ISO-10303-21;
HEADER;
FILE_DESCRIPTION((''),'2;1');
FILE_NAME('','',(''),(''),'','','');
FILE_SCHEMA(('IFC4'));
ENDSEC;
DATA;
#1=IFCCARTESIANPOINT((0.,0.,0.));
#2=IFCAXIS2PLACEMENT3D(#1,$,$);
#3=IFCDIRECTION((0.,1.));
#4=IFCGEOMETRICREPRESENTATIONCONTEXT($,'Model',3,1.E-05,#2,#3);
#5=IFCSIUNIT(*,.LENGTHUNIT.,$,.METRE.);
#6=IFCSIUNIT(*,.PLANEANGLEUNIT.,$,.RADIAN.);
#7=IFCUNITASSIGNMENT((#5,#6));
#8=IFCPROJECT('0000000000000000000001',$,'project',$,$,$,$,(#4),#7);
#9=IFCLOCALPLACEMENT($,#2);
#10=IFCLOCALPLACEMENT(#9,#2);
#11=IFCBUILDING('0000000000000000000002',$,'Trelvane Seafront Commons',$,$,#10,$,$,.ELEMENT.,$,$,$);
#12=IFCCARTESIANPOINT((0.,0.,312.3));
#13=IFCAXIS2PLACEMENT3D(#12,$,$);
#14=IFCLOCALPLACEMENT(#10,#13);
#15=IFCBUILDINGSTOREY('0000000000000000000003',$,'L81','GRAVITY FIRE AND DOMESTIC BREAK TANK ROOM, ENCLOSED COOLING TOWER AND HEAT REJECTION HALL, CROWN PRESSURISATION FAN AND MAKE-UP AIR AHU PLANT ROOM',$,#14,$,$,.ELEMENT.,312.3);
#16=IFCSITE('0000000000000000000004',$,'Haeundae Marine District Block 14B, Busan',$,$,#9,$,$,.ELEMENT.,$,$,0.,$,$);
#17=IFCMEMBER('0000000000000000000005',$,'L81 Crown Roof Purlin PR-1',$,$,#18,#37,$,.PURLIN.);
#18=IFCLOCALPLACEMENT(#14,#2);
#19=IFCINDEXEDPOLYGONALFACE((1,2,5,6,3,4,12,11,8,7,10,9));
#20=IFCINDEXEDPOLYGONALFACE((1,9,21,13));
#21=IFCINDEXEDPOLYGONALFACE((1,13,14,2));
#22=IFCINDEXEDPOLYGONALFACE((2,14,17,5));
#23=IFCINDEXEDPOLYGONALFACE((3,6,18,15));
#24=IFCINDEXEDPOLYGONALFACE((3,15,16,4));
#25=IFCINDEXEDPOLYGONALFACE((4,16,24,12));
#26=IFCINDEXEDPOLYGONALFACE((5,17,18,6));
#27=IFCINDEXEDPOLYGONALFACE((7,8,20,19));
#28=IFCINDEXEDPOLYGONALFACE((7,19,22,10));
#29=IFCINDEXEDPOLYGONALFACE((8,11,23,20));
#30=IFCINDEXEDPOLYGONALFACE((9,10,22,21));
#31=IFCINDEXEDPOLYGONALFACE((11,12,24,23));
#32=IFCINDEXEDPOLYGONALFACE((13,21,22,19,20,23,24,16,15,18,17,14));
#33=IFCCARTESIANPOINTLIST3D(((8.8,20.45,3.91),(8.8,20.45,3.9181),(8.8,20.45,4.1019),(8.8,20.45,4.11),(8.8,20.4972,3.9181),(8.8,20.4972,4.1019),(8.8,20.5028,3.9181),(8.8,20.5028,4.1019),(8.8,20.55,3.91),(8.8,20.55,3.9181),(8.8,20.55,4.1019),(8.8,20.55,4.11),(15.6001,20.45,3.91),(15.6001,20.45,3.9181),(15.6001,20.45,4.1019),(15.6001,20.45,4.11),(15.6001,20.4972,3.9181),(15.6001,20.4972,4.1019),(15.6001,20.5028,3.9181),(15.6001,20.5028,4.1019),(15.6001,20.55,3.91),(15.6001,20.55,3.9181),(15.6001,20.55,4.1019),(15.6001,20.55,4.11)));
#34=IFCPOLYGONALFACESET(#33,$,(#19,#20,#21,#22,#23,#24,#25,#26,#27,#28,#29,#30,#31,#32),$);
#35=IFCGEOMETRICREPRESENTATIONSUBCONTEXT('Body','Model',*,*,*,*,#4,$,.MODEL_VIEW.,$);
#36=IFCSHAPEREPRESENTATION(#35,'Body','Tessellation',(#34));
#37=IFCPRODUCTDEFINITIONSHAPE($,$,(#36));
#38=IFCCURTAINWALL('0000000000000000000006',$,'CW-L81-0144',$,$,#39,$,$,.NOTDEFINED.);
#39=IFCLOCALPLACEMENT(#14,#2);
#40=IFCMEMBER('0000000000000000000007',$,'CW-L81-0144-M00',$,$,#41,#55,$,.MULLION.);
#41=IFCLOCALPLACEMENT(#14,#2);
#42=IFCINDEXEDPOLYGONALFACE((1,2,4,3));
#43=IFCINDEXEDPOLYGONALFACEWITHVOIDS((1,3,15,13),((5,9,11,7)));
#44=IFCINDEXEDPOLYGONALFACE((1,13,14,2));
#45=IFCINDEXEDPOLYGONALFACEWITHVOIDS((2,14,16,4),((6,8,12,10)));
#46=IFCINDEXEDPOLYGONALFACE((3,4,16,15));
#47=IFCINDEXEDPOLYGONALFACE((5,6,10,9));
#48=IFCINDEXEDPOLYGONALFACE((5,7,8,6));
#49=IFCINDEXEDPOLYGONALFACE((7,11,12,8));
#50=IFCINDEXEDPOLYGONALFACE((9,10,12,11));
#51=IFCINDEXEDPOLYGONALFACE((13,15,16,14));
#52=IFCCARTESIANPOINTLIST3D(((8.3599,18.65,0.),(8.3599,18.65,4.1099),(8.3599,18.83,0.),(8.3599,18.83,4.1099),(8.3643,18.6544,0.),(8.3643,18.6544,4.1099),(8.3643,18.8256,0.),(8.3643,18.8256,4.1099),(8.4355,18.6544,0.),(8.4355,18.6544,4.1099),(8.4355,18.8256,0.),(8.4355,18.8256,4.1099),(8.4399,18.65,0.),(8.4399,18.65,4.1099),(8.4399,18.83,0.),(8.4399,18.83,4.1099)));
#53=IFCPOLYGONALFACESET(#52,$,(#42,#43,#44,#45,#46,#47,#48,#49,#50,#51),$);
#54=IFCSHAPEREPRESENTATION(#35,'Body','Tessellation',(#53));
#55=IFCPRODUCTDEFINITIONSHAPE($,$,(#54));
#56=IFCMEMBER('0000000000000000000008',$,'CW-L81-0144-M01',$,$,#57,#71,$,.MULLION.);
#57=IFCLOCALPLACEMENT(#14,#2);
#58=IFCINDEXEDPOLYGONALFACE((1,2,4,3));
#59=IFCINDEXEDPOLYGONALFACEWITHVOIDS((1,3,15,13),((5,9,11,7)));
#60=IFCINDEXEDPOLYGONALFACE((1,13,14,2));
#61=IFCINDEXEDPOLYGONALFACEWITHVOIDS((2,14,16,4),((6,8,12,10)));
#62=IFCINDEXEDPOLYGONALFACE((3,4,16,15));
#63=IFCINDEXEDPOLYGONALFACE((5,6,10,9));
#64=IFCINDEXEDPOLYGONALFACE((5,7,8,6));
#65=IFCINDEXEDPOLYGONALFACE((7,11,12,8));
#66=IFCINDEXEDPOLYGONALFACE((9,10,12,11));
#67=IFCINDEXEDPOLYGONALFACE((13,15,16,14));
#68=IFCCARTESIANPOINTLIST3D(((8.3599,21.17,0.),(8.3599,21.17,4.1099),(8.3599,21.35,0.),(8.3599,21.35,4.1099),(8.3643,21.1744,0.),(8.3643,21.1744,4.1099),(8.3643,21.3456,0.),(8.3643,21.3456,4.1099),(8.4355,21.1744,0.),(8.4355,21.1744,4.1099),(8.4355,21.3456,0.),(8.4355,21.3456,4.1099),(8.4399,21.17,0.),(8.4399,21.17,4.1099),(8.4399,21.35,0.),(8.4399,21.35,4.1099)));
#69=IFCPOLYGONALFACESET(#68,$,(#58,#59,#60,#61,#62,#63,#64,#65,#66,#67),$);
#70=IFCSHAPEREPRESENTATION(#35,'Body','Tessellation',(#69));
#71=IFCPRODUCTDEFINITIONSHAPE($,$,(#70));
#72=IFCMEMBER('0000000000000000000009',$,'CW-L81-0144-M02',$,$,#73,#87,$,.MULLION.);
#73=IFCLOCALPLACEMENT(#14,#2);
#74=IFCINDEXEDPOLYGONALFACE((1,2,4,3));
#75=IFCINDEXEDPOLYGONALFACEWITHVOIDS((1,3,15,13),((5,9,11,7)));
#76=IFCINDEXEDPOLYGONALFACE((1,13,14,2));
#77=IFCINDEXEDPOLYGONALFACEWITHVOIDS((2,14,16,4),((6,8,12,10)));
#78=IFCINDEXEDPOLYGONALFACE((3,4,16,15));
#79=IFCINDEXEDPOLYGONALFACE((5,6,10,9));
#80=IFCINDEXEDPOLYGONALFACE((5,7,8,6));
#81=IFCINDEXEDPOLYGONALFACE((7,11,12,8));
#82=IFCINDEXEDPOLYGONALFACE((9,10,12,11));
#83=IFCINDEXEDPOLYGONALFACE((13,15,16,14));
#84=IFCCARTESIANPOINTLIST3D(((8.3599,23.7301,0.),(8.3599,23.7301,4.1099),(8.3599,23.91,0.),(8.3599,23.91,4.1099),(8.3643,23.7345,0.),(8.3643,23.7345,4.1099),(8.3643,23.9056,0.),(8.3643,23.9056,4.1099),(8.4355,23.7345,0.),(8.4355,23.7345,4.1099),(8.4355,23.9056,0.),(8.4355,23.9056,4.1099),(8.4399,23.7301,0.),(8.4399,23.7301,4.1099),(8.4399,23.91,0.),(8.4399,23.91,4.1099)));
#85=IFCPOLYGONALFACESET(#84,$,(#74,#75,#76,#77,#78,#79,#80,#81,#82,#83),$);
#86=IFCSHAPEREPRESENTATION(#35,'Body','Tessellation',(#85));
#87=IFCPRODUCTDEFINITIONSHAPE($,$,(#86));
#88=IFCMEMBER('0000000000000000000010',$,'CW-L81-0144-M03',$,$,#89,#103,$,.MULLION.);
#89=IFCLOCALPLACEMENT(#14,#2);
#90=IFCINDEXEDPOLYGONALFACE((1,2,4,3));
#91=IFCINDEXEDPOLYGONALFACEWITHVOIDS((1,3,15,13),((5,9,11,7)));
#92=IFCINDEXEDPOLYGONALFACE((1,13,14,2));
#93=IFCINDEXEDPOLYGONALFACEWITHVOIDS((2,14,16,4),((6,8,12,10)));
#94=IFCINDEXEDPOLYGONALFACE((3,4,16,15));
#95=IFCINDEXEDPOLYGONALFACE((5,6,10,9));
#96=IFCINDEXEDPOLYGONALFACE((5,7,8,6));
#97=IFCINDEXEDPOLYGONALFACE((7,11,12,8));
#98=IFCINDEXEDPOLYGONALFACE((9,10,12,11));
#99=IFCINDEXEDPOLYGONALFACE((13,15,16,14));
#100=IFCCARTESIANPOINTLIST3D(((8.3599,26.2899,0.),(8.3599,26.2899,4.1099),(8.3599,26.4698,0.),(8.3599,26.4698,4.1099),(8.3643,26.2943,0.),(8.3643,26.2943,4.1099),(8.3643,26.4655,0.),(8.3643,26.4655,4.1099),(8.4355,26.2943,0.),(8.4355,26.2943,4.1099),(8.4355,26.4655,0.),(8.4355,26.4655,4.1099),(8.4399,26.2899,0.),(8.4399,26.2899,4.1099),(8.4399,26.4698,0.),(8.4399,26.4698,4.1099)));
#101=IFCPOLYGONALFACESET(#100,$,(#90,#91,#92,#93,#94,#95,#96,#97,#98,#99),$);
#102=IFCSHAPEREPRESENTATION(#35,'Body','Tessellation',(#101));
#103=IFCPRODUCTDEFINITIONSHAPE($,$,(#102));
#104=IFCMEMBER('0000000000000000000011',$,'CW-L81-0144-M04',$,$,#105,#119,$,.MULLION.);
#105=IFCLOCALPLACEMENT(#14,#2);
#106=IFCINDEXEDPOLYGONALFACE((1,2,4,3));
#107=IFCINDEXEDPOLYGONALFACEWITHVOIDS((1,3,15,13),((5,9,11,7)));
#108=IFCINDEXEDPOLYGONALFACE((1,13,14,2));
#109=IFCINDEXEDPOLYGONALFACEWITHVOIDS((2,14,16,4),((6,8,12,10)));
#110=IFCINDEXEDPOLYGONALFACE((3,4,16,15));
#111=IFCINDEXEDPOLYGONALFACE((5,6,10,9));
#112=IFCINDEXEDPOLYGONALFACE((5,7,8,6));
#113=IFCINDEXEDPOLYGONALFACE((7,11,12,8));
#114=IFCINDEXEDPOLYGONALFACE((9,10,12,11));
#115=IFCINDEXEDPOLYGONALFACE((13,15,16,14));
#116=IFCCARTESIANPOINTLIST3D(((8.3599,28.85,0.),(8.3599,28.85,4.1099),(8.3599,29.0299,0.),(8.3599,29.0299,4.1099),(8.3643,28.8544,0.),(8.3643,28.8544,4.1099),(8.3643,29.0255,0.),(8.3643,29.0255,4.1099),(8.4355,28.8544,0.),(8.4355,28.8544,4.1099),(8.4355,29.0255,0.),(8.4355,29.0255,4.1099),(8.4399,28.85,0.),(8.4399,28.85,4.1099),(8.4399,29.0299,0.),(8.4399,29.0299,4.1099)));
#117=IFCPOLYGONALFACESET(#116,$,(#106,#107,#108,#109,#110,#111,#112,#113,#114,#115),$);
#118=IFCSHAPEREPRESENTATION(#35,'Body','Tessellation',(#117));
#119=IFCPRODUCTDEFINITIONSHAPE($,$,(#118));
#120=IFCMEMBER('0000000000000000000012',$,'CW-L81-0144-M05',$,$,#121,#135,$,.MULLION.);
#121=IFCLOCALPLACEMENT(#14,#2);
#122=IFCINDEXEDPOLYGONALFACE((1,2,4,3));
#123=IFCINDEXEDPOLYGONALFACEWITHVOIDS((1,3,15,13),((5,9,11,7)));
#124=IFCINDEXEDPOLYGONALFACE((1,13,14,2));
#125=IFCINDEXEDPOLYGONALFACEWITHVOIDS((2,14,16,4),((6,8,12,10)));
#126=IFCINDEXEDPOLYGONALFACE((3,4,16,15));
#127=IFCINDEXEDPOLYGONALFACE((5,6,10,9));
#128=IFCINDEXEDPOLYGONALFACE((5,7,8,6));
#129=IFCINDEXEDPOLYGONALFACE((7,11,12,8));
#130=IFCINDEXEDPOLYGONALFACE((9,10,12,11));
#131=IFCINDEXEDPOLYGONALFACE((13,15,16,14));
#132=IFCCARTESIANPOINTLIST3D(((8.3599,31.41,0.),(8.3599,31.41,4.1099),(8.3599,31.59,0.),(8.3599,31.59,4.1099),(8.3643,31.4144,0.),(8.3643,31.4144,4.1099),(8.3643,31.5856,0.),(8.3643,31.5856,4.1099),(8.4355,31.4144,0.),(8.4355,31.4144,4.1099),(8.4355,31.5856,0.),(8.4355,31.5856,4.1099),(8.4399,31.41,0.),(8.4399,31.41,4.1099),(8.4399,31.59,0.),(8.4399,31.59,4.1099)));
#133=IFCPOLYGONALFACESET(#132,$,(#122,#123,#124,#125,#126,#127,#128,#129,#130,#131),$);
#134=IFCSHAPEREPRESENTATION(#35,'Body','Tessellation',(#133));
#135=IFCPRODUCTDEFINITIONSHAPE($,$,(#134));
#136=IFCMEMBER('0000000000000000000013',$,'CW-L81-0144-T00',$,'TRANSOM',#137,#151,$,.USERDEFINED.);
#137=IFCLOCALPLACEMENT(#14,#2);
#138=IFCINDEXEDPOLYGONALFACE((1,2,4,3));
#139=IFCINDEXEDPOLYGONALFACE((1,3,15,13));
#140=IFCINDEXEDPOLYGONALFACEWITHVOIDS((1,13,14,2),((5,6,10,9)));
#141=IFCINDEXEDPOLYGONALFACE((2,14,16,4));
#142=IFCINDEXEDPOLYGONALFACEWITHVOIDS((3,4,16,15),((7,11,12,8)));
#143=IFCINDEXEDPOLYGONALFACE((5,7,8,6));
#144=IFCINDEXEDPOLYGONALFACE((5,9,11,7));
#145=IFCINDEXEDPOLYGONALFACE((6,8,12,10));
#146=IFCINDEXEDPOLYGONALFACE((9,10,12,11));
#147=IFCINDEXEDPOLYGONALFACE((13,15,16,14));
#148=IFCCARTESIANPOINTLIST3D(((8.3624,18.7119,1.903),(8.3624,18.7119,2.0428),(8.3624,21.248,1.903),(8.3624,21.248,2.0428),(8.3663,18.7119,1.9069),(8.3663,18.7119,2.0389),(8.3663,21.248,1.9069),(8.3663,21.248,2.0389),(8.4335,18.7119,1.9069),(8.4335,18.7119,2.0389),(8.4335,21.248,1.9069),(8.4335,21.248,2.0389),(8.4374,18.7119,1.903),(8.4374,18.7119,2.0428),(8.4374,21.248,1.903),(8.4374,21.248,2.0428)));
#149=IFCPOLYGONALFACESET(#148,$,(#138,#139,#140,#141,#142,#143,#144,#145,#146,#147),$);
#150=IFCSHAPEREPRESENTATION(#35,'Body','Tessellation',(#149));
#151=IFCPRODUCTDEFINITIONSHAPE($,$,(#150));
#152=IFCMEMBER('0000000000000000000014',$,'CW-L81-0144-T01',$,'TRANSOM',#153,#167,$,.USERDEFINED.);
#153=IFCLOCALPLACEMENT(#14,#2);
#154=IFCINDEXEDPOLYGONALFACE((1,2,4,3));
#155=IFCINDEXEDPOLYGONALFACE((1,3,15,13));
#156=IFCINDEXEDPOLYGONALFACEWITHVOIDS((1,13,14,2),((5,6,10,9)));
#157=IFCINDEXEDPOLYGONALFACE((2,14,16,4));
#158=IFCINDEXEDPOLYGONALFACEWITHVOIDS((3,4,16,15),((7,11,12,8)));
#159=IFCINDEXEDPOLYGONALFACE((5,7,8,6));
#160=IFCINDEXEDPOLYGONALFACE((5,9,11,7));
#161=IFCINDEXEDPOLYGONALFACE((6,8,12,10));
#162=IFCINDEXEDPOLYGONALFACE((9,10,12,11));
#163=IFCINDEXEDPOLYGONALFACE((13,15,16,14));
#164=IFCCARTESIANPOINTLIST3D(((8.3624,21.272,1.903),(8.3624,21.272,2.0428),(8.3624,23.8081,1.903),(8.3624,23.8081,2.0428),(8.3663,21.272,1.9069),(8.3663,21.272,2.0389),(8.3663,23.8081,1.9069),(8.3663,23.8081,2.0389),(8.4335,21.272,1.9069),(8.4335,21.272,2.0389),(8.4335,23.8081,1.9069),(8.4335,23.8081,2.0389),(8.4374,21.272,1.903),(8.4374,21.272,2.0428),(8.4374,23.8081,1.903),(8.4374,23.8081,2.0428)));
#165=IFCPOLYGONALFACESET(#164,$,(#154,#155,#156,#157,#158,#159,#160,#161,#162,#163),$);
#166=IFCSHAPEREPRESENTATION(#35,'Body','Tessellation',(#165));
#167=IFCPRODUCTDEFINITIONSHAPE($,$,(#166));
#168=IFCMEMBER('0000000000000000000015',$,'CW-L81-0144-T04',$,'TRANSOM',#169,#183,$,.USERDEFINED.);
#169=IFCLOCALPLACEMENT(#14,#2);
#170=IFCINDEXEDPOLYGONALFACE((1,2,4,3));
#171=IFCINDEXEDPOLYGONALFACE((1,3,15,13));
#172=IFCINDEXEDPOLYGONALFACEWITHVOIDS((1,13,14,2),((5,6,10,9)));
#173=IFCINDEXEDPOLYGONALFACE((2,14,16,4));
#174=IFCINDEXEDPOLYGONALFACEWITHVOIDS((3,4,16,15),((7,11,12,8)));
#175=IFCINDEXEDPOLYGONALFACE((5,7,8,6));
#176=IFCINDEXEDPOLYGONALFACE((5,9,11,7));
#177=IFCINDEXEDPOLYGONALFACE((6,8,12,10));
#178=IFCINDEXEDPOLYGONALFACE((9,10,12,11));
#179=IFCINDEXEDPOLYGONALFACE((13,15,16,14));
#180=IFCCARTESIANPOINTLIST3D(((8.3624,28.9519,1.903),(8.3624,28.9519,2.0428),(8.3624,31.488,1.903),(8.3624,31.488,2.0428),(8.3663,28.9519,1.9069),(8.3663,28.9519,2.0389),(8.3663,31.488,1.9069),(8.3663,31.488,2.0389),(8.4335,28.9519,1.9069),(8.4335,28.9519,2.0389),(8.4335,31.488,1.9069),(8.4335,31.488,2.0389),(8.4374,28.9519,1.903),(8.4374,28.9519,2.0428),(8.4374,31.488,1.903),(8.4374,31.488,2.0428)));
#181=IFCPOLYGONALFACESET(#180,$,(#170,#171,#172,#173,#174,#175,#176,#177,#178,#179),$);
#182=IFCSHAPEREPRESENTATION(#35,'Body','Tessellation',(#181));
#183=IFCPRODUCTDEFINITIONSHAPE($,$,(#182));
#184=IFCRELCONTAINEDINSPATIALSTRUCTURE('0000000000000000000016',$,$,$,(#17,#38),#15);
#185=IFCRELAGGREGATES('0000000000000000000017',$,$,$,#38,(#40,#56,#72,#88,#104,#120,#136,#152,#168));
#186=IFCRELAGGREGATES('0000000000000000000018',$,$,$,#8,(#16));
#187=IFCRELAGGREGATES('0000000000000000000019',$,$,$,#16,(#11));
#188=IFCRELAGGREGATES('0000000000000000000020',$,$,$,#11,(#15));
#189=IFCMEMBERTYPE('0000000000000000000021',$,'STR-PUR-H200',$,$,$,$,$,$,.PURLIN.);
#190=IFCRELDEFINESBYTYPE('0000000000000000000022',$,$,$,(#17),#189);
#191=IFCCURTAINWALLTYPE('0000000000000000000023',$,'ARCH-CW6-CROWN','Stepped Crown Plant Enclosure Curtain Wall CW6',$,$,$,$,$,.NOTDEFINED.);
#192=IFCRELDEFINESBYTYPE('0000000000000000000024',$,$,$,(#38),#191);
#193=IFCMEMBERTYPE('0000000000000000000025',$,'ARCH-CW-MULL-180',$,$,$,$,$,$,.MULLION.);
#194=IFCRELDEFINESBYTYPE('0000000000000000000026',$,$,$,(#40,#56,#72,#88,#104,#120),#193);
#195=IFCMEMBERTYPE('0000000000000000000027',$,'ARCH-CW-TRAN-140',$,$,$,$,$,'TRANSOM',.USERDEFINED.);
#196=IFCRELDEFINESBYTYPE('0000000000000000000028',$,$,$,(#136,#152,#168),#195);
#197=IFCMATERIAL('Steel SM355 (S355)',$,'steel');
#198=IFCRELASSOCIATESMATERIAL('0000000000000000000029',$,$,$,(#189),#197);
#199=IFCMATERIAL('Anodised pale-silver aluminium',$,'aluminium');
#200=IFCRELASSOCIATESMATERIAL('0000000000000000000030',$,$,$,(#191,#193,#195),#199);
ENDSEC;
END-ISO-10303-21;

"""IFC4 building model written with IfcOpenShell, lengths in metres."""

from ifc_helpers import new_model, si_unit, direction, frame, origin, origin_2d, place, context, subcontext, project, spatial, hollow_rectangle, i_section, extrude, source, transform, mapped, material, material_profile, profile_set, type_object, element, aggregate, save


model = new_model("IFC4")

# Units and contexts
model_context = context("Model", 3, precision=1e-05, world=origin(), true_north=direction((0.0, 1.0)))
body_context = subcontext(model_context, "Body", "Model", "MODEL_VIEW")
ifc_project = project(units=[si_unit("LENGTHUNIT", "METRE"), si_unit("PLANEANGLEUNIT", "RADIAN")], contexts=[model_context])

# Site, building, storey
site_placement = place(None, origin())
site = spatial("IfcSite", under=ifc_project, at=site_placement, Name="Haeundae Marine District Block 14B, Busan", CompositionType="ELEMENT", RefElevation=0.0)
building_placement = place(site_placement, origin())
building = spatial("IfcBuilding", under=site, at=building_placement, Name="Trelvane Seafront Commons", CompositionType="ELEMENT")
storey_placement = place(building_placement, frame((0.0, 0.0, 312.3)))
storey = spatial("IfcBuildingStorey", under=building, at=storey_placement, Name="L81", Description="GRAVITY FIRE AND DOMESTIC BREAK TANK ROOM, ENCLOSED COOLING TOWER AND HEAT REJECTION HALL, CROWN PRESSURISATION FAN AND MAKE-UP AIR AHU PLANT ROOM", CompositionType="ELEMENT", Elevation=312.3)

# Member
ifc_material_1 = material(Name="Steel SM355 (S355)", Category="steel")
ifc_material_profile_1 = material_profile(ifc_material_1, i_section(OverallWidth=0.1001, OverallDepth=0.2, WebThickness=0.0056, FlangeThickness=0.0081, at=origin_2d()), Name="H-200x100x5.5x8")
ifc_profile_set_1 = profile_set([ifc_material_profile_1], Name="Steel SM355 (S355)")
member_type_1 = type_object("IfcMemberType", Name="STR-PUR-H200", PredefinedType="PURLIN", material=ifc_profile_set_1)
shared_shape_1 = source(origin(), body_context, "Body", "SweptSolid", [
    extrude(i_section(OverallWidth=0.1001, OverallDepth=0.2, WebThickness=0.0056, FlangeThickness=0.0081, at=origin_2d()), origin(), (0.0, 0.0, 1.0), 6.8),
])
member_1_placement = place(storey_placement, frame((8.8, 20.5, 4.01), z_axis=(1.0, 0.0, 0.0), x_axis=(0.0, 1.0, 0.0)))
element("IfcMember", 1, at=member_1_placement, inside=storey, type_object=member_type_1, Name="L81 Crown Roof Purlin PR-1", PredefinedType="PURLIN", context=body_context, shape_type="MappedRepresentation", body=[
    mapped(shared_shape_1, transform((0.0, 0.0, 0.0), x_axis=(1.0, 0.0, 0.0), y_axis=(0.0, 1.0, 0.0), z_axis=(0.0, 0.0, 1.0), scale=1.0)),
])

# Curtain wall, members
ifc_material_2 = material(Name="Anodised pale-silver aluminium", Category="aluminium")
curtain_wall_type = type_object("IfcCurtainWallType", Name="ARCH-CW6-CROWN", Description="Stepped Crown Plant Enclosure Curtain Wall CW6", PredefinedType="NOTDEFINED", material=ifc_material_2)
curtain_wall_placement = place(storey_placement, origin())
curtain_wall = element("IfcCurtainWall", 2, at=curtain_wall_placement, inside=storey, type_object=curtain_wall_type, Name="CW-L81-0144", PredefinedType="NOTDEFINED")
ifc_material_profile_2 = material_profile(ifc_material_2, hollow_rectangle(XDim=0.0801, YDim=0.1799, WallThickness=0.0044, at=origin_2d()), Name="MULL-80x180x4.5")
ifc_profile_set_2 = profile_set([ifc_material_profile_2], Name="Anodised pale-silver aluminium")
member_type_2 = type_object("IfcMemberType", Name="ARCH-CW-MULL-180", PredefinedType="MULLION", material=ifc_profile_set_2)
shared_shape_2 = source(origin(), body_context, "Body", "SweptSolid", [
    extrude(hollow_rectangle(XDim=0.0801, YDim=0.1799, WallThickness=0.0044, at=origin_2d()), origin(), (0.0, 0.0, 1.0), 4.1099),
])
member_2_placement = place(storey_placement, frame((8.3999, 18.74, 0.0), z_axis=(0.0, 0.0, 1.0), x_axis=(1.0, 0.0, 0.0)))
member_2 = element("IfcMember", 3, at=member_2_placement, type_object=member_type_2, Name="CW-L81-0144-M00", PredefinedType="MULLION", context=body_context, shape_type="MappedRepresentation", body=[
    mapped(shared_shape_2, transform((0.0, 0.0, 0.0), x_axis=(1.0, 0.0, 0.0), y_axis=(0.0, 1.0, 0.0), z_axis=(0.0, 0.0, 1.0), scale=1.0)),
])
member_3_placement = place(storey_placement, frame((8.3999, 21.26, 0.0), z_axis=(0.0, 0.0, 1.0), x_axis=(1.0, 0.0, 0.0)))
member_3 = element("IfcMember", 4, at=member_3_placement, type_object=member_type_2, Name="CW-L81-0144-M01", PredefinedType="MULLION", context=body_context, shape_type="MappedRepresentation", body=[
    mapped(shared_shape_2, transform((0.0, 0.0, 0.0), x_axis=(1.0, 0.0, 0.0), y_axis=(0.0, 1.0, 0.0), z_axis=(0.0, 0.0, 1.0), scale=1.0)),
])
member_4_placement = place(storey_placement, frame((8.3999, 23.8201, 0.0), z_axis=(0.0, 0.0, 1.0), x_axis=(1.0, 0.0, 0.0)))
member_4 = element("IfcMember", 5, at=member_4_placement, type_object=member_type_2, Name="CW-L81-0144-M02", PredefinedType="MULLION", context=body_context, shape_type="MappedRepresentation", body=[
    mapped(shared_shape_2, transform((0.0, 0.0, 0.0), x_axis=(1.0, 0.0, 0.0), y_axis=(0.0, 1.0, 0.0), z_axis=(0.0, 0.0, 1.0), scale=1.0)),
])
member_5_placement = place(storey_placement, frame((8.3999, 26.3799, 0.0), z_axis=(0.0, 0.0, 1.0), x_axis=(1.0, 0.0, 0.0)))
member_5 = element("IfcMember", 6, at=member_5_placement, type_object=member_type_2, Name="CW-L81-0144-M03", PredefinedType="MULLION", context=body_context, shape_type="MappedRepresentation", body=[
    mapped(shared_shape_2, transform((0.0, 0.0, 0.0), x_axis=(1.0, 0.0, 0.0), y_axis=(0.0, 1.0, 0.0), z_axis=(0.0, 0.0, 1.0), scale=1.0)),
])
member_6_placement = place(storey_placement, frame((8.3999, 28.9399, 0.0), z_axis=(0.0, 0.0, 1.0), x_axis=(1.0, 0.0, 0.0)))
member_6 = element("IfcMember", 7, at=member_6_placement, type_object=member_type_2, Name="CW-L81-0144-M04", PredefinedType="MULLION", context=body_context, shape_type="MappedRepresentation", body=[
    mapped(shared_shape_2, transform((0.0, 0.0, 0.0), x_axis=(1.0, 0.0, 0.0), y_axis=(0.0, 1.0, 0.0), z_axis=(0.0, 0.0, 1.0), scale=1.0)),
])
member_7_placement = place(storey_placement, frame((8.3999, 31.5, 0.0), z_axis=(0.0, 0.0, 1.0), x_axis=(1.0, 0.0, 0.0)))
member_7 = element("IfcMember", 8, at=member_7_placement, type_object=member_type_2, Name="CW-L81-0144-M05", PredefinedType="MULLION", context=body_context, shape_type="MappedRepresentation", body=[
    mapped(shared_shape_2, transform((0.0, 0.0, 0.0), x_axis=(1.0, 0.0, 0.0), y_axis=(0.0, 1.0, 0.0), z_axis=(0.0, 0.0, 1.0), scale=1.0)),
])
ifc_material_profile_3 = material_profile(ifc_material_2, hollow_rectangle(XDim=0.075, YDim=0.1399, WallThickness=0.0039, at=origin_2d()), Name="TRAN-75x140x4")
ifc_profile_set_3 = profile_set([ifc_material_profile_3], Name="Anodised pale-silver aluminium")
member_type_3 = type_object("IfcMemberType", Name="ARCH-CW-TRAN-140", ElementType="TRANSOM", PredefinedType="USERDEFINED", material=ifc_profile_set_3)
shared_shape_3 = source(origin(), body_context, "Body", "SweptSolid", [
    extrude(hollow_rectangle(XDim=0.075, YDim=0.1399, WallThickness=0.0039, at=origin_2d()), origin(), (0.0, 0.0, 1.0), 2.5361),
])
member_8_placement = place(storey_placement, frame((8.3999, 18.7119, 1.9729), z_axis=(0.0, 1.0, 0.0), x_axis=(-1.0, 0.0, 0.0)))
member_8 = element("IfcMember", 9, at=member_8_placement, type_object=member_type_3, Name="CW-L81-0144-T00", ObjectType="TRANSOM", PredefinedType="USERDEFINED", context=body_context, shape_type="MappedRepresentation", body=[
    mapped(shared_shape_3, transform((0.0, 0.0, 0.0), x_axis=(1.0, 0.0, 0.0), y_axis=(0.0, 1.0, 0.0), z_axis=(0.0, 0.0, 1.0), scale=1.0)),
])
member_9_placement = place(storey_placement, frame((8.3999, 21.272, 1.9729), z_axis=(0.0, 1.0, 0.0), x_axis=(-1.0, 0.0, 0.0)))
member_9 = element("IfcMember", 10, at=member_9_placement, type_object=member_type_3, Name="CW-L81-0144-T01", ObjectType="TRANSOM", PredefinedType="USERDEFINED", context=body_context, shape_type="MappedRepresentation", body=[
    mapped(shared_shape_3, transform((0.0, 0.0, 0.0), x_axis=(1.0, 0.0, 0.0), y_axis=(0.0, 1.0, 0.0), z_axis=(0.0, 0.0, 1.0), scale=1.0)),
])
member_10_placement = place(storey_placement, frame((8.3999, 28.9519, 1.9729), z_axis=(0.0, 1.0, 0.0), x_axis=(-1.0, 0.0, 0.0)))
member_10 = element("IfcMember", 11, at=member_10_placement, type_object=member_type_3, Name="CW-L81-0144-T04", ObjectType="TRANSOM", PredefinedType="USERDEFINED", context=body_context, shape_type="MappedRepresentation", body=[
    mapped(shared_shape_3, transform((0.0, 0.0, 0.0), x_axis=(1.0, 0.0, 0.0), y_axis=(0.0, 1.0, 0.0), z_axis=(0.0, 0.0, 1.0), scale=1.0)),
])
aggregate(curtain_wall, [member_2, member_3, member_4, member_5, member_6, member_7, member_8, member_9, member_10])

save(model, "model.ifc")
